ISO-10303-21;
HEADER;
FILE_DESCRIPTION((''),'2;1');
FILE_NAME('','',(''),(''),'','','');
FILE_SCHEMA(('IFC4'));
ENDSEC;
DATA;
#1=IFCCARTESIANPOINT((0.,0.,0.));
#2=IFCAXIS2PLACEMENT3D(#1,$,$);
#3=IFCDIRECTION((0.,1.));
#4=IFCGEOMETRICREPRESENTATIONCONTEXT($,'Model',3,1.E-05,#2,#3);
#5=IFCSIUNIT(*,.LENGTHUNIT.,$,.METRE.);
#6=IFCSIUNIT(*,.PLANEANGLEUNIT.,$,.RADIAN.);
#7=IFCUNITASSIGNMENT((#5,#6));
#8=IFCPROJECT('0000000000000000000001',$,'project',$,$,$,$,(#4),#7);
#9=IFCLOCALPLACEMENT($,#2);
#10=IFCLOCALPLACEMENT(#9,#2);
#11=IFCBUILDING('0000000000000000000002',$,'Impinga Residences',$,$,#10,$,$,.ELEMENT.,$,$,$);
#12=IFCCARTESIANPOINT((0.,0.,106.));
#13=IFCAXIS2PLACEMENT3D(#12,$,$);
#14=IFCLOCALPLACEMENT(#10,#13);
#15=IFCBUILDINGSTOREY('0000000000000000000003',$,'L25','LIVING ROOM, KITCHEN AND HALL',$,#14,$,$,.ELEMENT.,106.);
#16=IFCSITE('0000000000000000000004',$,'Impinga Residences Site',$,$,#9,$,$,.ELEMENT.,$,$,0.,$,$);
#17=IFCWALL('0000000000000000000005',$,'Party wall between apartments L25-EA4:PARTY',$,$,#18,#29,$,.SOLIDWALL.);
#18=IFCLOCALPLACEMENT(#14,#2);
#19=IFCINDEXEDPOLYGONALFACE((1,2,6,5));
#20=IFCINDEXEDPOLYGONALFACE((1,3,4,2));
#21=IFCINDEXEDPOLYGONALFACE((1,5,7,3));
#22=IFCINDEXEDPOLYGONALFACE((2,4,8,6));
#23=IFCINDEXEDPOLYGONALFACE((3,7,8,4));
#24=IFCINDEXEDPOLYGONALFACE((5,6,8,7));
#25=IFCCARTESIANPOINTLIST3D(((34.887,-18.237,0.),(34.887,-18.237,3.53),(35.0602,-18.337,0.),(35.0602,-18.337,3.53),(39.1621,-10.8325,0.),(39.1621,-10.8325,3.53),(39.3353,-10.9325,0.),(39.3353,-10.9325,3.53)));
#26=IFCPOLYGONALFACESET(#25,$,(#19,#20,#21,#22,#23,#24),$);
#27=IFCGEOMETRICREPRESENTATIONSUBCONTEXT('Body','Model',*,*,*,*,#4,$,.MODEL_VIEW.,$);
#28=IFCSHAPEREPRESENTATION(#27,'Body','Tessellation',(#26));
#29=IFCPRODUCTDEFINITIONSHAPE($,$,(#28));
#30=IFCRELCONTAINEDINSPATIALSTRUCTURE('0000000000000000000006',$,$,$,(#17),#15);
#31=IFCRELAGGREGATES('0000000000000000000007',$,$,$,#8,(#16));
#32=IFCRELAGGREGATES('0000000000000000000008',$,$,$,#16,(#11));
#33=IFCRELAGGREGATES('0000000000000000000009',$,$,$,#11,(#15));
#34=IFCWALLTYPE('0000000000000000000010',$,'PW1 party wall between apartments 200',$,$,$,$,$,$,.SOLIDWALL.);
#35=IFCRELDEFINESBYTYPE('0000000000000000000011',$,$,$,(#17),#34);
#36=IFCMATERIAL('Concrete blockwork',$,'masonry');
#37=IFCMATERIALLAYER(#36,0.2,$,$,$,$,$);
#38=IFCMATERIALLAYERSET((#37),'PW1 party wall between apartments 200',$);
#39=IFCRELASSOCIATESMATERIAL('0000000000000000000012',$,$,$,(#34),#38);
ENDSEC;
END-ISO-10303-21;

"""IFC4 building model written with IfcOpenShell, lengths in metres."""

from ifc_helpers import new_model, si_unit, direction, frame, frame_2d, origin, place, context, subcontext, project, spatial, rectangle, extrude, material, layer, layer_set, type_object, element, save


model = new_model("IFC4")

# Units and contexts
model_context = context("Model", 3, precision=1e-05, world=origin(), true_north=direction((0.0, 1.0)))
body_context = subcontext(model_context, "Body", "Model", "MODEL_VIEW")
ifc_project = project(units=[si_unit("LENGTHUNIT", "METRE"), si_unit("PLANEANGLEUNIT", "RADIAN")], contexts=[model_context])

# Site, building, storey
site_placement = place(None, origin())
site = spatial("IfcSite", under=ifc_project, at=site_placement, Name="Impinga Residences Site", CompositionType="ELEMENT", RefElevation=0.0)
building_placement = place(site_placement, origin())
building = spatial("IfcBuilding", under=site, at=building_placement, Name="Impinga Residences", CompositionType="ELEMENT")
storey_placement = place(building_placement, frame((0.0, 0.0, 106.0)))
storey = spatial("IfcBuildingStorey", under=building, at=storey_placement, Name="L25", Description="LIVING ROOM, KITCHEN AND HALL", CompositionType="ELEMENT", Elevation=106.0)

# Wall
ifc_material_1 = material(Name="Concrete blockwork", Category="masonry")
ifc_layer_1 = layer(ifc_material_1, 0.2)
ifc_layer_set_1 = layer_set([ifc_layer_1], Name="PW1 party wall between apartments 200")
wall_type_1 = type_object("IfcWallType", Name="PW1 party wall between apartments 200", PredefinedType="SOLIDWALL", material=ifc_layer_set_1)
wall_1_placement = place(storey_placement, frame((34.9736, -18.2869, 0.0), z_axis=(0.0, 0.0, 1.0), x_axis=(0.500012, 0.866019, 0.0)))
element("IfcWall", 1, at=wall_1_placement, inside=storey, type_object=wall_type_1, Name="Party wall between apartments L25-EA4:PARTY", PredefinedType="SOLIDWALL", context=body_context, shape_type="SweptSolid", body=[
    extrude(rectangle(XDim=8.55, YDim=0.2, at=frame_2d((4.2749, 0.0))), origin(), (0.0, 0.0, 1.0), 3.53),
])

save(model, "model.ifc")
